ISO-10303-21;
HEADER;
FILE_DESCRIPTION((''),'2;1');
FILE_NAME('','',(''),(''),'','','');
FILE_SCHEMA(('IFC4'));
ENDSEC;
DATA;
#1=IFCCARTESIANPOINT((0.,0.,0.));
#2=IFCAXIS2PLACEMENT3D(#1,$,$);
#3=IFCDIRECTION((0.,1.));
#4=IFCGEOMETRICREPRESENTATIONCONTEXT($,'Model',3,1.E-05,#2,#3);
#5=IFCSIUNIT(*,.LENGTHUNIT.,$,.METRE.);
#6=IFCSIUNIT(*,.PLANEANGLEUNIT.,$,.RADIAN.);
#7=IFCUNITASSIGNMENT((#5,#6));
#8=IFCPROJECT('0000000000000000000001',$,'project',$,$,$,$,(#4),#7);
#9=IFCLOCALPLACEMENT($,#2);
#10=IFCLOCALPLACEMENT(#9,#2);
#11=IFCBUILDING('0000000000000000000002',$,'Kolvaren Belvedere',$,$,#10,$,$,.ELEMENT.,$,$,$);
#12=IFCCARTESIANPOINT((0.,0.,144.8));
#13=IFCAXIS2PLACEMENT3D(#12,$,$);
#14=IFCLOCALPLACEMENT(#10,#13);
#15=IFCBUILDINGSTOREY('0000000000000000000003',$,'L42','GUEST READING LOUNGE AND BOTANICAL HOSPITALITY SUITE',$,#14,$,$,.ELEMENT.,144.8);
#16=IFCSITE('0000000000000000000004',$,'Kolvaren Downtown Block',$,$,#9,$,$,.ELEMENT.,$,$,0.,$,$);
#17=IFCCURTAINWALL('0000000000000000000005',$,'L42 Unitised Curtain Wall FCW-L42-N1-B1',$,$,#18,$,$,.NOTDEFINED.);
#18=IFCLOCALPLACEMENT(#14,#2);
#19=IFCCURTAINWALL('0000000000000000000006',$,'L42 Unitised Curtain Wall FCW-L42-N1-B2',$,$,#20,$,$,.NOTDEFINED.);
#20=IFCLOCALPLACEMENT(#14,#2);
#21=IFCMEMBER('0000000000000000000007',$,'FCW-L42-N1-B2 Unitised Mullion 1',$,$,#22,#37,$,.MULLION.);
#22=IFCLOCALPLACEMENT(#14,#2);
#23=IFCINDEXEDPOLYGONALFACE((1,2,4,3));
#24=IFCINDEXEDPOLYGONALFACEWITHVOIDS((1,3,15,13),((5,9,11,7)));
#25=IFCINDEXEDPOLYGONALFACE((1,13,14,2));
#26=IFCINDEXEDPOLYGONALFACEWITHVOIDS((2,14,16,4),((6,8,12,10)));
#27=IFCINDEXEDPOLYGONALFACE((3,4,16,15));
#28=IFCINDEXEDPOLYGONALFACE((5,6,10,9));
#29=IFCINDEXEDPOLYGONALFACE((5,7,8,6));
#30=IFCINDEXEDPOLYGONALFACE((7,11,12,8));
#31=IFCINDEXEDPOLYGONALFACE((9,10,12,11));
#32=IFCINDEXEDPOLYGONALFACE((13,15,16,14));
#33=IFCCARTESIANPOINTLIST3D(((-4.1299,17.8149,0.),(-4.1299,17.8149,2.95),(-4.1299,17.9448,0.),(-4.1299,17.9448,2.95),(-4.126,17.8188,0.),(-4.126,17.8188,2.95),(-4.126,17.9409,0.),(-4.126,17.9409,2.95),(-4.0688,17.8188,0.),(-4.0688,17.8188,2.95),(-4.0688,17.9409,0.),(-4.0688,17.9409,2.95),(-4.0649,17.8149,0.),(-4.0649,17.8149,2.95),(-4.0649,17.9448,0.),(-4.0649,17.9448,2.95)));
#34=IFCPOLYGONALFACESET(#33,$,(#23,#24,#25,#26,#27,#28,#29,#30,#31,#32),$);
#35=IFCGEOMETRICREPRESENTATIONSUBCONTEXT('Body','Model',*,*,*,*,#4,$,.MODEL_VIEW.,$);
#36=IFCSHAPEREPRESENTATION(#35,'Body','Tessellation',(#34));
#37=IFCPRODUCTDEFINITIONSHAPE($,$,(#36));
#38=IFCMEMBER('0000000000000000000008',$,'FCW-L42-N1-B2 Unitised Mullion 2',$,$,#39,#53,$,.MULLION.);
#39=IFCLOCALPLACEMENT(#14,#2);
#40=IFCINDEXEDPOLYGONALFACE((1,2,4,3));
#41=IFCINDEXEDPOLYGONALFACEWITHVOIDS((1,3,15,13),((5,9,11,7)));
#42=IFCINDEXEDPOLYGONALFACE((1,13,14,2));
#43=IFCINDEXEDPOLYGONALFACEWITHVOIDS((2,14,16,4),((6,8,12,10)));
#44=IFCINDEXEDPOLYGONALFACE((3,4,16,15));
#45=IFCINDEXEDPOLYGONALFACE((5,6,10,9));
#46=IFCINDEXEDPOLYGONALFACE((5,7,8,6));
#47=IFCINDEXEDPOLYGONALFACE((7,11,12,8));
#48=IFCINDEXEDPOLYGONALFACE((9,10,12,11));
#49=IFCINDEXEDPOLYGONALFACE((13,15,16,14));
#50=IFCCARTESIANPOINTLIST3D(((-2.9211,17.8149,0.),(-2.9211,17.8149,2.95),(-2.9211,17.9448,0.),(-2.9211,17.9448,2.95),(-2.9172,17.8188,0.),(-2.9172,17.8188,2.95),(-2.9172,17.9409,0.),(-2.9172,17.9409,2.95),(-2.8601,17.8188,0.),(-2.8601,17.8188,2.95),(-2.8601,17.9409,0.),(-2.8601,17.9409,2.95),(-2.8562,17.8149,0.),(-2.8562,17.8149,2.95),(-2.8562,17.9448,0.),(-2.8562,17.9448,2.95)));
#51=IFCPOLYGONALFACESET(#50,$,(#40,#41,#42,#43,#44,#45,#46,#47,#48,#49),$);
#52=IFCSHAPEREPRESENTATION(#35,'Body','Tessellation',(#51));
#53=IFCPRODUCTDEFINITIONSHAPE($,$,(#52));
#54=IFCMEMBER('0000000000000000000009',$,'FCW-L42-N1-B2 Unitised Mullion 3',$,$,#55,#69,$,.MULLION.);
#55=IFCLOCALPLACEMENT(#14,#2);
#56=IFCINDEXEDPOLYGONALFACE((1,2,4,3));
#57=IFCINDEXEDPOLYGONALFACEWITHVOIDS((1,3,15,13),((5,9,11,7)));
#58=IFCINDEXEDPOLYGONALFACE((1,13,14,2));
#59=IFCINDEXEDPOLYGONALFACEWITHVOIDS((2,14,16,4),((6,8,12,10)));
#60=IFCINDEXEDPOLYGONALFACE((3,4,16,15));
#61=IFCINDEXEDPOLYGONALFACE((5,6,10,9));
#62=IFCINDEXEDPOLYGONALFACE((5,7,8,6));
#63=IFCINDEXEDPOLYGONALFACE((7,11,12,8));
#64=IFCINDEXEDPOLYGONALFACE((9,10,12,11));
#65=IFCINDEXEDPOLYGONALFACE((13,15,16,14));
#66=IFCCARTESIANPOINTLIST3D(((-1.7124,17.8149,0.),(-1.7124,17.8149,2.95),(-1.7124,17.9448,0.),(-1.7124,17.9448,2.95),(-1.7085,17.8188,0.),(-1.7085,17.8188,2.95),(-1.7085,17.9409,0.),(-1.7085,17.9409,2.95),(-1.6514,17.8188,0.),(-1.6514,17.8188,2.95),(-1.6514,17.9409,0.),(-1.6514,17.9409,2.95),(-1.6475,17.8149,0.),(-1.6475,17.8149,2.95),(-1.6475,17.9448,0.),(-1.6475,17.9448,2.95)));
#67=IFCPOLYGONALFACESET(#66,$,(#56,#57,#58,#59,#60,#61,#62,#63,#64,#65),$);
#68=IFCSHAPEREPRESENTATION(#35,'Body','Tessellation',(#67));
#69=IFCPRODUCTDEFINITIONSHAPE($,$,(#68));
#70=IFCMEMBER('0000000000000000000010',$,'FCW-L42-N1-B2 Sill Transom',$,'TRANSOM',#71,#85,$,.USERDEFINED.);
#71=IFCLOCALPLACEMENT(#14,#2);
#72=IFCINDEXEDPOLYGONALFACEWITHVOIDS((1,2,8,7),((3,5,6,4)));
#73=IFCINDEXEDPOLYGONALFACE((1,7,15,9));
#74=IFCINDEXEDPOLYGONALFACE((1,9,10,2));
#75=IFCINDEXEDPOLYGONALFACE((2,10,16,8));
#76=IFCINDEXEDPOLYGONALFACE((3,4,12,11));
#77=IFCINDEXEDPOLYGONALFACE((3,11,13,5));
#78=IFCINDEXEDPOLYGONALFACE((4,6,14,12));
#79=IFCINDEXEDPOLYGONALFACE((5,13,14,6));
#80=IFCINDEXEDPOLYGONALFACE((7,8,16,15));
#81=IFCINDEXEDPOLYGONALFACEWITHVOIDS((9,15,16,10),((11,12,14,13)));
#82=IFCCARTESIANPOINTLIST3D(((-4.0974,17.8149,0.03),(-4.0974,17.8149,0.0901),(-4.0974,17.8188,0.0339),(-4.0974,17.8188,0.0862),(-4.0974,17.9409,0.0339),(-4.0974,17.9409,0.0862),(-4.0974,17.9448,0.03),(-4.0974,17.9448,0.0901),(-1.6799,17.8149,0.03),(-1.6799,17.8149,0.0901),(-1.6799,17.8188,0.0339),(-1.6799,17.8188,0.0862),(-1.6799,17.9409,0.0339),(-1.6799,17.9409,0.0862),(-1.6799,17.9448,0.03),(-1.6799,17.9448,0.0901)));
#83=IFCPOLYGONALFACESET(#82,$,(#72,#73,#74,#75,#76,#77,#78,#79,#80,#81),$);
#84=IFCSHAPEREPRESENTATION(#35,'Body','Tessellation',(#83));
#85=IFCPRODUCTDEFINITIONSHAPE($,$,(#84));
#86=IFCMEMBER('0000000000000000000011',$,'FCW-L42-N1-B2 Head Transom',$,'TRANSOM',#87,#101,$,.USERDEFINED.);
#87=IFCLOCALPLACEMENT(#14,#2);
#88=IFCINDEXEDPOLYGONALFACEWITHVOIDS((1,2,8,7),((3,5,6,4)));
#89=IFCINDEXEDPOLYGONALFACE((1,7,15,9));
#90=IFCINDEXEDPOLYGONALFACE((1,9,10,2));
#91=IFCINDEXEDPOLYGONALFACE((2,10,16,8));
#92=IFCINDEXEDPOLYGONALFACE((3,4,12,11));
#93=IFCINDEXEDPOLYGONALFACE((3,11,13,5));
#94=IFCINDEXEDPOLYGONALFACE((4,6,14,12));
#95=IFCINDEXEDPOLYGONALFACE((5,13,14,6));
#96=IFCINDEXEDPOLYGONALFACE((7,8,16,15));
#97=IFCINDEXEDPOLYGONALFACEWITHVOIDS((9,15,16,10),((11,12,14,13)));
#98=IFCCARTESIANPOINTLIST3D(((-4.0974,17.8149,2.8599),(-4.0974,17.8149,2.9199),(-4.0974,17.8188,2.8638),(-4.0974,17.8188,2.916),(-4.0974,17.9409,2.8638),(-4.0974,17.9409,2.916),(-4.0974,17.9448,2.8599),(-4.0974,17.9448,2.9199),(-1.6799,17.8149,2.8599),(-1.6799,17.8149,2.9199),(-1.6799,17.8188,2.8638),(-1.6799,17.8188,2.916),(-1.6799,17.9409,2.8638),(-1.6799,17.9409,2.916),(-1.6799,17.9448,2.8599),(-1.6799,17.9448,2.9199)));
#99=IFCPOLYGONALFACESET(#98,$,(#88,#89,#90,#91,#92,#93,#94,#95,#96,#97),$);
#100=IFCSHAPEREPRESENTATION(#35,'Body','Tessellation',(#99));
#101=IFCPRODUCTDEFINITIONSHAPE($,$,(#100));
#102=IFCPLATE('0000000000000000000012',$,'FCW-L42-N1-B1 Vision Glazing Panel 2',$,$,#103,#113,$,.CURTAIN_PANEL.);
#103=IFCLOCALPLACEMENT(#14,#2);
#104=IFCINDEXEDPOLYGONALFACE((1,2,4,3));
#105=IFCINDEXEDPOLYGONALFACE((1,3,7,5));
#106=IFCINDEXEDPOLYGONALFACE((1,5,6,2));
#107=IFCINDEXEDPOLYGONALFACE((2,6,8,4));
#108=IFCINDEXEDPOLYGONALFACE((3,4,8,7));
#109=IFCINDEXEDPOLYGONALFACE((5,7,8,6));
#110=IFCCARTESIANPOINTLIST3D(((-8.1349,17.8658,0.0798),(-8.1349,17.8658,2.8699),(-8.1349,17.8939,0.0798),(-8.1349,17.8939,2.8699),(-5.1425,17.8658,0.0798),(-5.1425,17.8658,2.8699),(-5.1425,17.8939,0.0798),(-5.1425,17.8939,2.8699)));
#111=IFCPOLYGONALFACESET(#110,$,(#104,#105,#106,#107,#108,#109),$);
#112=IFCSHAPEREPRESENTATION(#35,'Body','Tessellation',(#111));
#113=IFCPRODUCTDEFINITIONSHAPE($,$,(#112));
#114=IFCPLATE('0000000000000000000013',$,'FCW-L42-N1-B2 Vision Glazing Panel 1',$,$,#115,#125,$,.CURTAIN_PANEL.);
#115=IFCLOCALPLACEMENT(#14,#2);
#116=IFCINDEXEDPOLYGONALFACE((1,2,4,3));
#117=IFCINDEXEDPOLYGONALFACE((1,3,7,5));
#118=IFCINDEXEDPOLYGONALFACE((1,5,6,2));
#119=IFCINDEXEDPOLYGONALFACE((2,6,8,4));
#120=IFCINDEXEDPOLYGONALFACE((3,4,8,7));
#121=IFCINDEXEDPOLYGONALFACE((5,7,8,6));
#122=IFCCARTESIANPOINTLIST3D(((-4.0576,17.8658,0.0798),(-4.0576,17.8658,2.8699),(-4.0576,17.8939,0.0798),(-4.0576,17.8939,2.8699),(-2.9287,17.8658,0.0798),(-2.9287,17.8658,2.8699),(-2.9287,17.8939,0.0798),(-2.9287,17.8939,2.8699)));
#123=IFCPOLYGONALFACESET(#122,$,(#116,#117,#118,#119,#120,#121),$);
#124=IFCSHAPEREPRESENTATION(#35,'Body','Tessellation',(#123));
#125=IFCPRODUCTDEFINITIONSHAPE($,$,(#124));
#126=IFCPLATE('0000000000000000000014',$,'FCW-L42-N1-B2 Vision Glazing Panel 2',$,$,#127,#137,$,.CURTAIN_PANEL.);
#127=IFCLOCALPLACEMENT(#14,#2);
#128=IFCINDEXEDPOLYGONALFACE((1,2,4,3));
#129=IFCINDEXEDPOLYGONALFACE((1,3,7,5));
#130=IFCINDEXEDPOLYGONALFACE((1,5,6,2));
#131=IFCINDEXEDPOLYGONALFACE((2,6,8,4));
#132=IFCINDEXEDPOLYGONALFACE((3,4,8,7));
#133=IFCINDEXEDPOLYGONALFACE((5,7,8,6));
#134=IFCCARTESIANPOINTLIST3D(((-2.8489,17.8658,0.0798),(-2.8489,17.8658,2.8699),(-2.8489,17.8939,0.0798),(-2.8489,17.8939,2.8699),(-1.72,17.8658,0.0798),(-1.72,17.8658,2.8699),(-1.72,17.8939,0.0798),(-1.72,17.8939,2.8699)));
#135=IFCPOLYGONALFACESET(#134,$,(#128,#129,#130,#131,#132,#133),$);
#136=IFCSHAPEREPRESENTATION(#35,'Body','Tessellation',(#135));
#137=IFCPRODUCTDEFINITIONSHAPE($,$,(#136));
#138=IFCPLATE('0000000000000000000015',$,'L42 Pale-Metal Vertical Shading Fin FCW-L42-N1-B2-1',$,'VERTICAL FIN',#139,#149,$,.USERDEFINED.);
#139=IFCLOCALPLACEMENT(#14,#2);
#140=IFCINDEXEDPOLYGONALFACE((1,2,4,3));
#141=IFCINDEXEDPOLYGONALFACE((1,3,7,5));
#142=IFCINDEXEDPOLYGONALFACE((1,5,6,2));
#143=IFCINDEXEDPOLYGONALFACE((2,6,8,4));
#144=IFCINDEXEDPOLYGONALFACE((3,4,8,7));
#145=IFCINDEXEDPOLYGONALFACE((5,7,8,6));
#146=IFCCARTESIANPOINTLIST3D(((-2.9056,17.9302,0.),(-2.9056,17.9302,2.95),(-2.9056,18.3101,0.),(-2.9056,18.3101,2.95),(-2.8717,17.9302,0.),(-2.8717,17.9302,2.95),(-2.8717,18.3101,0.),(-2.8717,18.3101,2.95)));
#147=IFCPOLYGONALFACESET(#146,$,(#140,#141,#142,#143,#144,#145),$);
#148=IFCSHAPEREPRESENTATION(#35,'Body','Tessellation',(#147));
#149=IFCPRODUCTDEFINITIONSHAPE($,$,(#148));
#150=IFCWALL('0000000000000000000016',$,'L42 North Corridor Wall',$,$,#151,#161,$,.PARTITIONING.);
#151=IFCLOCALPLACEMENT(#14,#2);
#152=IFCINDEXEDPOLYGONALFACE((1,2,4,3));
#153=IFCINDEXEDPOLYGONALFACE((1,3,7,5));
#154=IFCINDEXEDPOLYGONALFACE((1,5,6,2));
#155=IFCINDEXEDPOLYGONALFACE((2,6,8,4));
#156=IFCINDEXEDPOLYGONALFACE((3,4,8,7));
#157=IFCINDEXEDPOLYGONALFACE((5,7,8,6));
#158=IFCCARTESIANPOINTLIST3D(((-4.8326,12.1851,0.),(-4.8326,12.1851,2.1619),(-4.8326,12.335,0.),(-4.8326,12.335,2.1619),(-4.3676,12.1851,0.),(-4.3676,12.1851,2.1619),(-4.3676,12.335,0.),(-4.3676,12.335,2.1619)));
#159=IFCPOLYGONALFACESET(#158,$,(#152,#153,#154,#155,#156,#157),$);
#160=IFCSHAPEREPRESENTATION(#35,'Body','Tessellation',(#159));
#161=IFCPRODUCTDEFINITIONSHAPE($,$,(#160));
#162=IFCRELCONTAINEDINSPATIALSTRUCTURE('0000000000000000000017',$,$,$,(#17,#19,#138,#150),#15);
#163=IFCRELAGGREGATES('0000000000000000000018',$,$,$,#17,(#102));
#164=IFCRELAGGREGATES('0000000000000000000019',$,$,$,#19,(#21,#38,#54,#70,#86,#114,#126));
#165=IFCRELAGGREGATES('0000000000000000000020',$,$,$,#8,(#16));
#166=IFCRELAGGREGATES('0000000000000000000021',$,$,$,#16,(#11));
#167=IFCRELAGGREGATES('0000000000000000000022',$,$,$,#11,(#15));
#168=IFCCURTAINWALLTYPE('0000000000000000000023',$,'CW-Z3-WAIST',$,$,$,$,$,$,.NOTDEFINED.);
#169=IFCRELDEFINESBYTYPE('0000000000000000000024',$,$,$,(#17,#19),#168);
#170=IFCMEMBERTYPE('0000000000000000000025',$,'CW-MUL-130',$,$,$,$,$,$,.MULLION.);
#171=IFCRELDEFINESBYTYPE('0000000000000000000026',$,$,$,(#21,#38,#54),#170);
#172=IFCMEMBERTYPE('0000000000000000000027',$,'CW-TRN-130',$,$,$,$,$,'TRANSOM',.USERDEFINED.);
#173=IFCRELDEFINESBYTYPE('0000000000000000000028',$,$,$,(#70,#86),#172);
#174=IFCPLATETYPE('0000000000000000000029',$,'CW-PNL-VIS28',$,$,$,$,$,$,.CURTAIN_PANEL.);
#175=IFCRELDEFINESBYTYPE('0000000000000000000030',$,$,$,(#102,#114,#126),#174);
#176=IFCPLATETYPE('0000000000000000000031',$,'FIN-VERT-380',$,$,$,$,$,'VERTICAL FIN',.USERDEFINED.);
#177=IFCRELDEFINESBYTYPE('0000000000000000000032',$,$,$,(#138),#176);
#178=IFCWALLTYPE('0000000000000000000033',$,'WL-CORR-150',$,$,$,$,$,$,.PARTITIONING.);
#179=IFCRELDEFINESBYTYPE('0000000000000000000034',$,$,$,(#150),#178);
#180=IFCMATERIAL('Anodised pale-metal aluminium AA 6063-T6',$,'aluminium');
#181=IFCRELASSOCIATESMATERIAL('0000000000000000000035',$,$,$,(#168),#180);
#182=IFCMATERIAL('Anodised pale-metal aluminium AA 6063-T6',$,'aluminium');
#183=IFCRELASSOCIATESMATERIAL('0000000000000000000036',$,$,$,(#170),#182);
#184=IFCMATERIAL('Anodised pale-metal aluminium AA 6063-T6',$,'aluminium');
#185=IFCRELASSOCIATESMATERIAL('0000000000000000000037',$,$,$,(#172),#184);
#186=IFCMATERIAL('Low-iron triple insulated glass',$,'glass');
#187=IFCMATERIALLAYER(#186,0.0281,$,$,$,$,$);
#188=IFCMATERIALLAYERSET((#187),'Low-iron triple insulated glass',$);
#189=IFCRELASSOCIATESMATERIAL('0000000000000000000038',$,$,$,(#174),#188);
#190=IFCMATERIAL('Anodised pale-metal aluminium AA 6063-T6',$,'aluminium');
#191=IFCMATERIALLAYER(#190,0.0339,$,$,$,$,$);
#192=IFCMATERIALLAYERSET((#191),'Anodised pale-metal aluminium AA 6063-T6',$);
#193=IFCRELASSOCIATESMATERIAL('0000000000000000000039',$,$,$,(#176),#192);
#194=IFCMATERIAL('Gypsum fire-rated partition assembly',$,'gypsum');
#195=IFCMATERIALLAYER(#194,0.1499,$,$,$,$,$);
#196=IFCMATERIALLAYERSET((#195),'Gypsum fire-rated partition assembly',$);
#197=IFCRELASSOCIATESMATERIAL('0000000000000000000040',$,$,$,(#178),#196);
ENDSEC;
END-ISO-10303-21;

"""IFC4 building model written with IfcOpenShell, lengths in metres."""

from ifc_helpers import new_model, si_unit, direction, frame, frame_2d, origin, origin_2d, place, context, subcontext, project, spatial, rectangle, hollow_rectangle, extrude, material, layer, layer_set, material_profile, profile_set, type_object, element, aggregate, save


model = new_model("IFC4")

# Units and contexts
model_context = context("Model", 3, precision=1e-05, world=origin(), true_north=direction((0.0, 1.0)))
body_context = subcontext(model_context, "Body", "Model", "MODEL_VIEW")
ifc_project = project(units=[si_unit("LENGTHUNIT", "METRE"), si_unit("PLANEANGLEUNIT", "RADIAN")], contexts=[model_context])

# Site, building, storey
site_placement = place(None, origin())
site = spatial("IfcSite", under=ifc_project, at=site_placement, Name="Kolvaren Downtown Block", CompositionType="ELEMENT", RefElevation=0.0)
building_placement = place(site_placement, origin())
building = spatial("IfcBuilding", under=site, at=building_placement, Name="Kolvaren Belvedere", CompositionType="ELEMENT")
storey_placement = place(building_placement, frame((0.0, 0.0, 144.8)))
storey = spatial("IfcBuildingStorey", under=building, at=storey_placement, Name="L42", Description="GUEST READING LOUNGE AND BOTANICAL HOSPITALITY SUITE", CompositionType="ELEMENT", Elevation=144.8)

# Curtain wall
ifc_material_1 = material(Name="Anodised pale-metal aluminium AA 6063-T6", Category="aluminium")
curtain_wall_type = type_object("IfcCurtainWallType", Name="CW-Z3-WAIST", PredefinedType="NOTDEFINED", material=ifc_material_1)
curtain_wall_1_placement = place(storey_placement, origin())
curtain_wall_1 = element("IfcCurtainWall", 1, at=curtain_wall_1_placement, inside=storey, type_object=curtain_wall_type, Name="L42 Unitised Curtain Wall FCW-L42-N1-B1", PredefinedType="NOTDEFINED")
ifc_material_2 = material(Name="Anodised pale-metal aluminium AA 6063-T6", Category="aluminium")
ifc_material_profile_1 = material_profile(ifc_material_2, hollow_rectangle(XDim=0.0649, YDim=0.1299, WallThickness=0.0039, at=origin_2d()), Name="ALU-MUL-130X65")
ifc_profile_set_1 = profile_set([ifc_material_profile_1], Name="Anodised pale-metal aluminium AA 6063-T6")
member_type_1 = type_object("IfcMemberType", Name="CW-MUL-130", PredefinedType="MULLION", material=ifc_profile_set_1)

# Curtain wall, members
curtain_wall_2_placement = place(storey_placement, origin())
curtain_wall_2 = element("IfcCurtainWall", 2, at=curtain_wall_2_placement, inside=storey, type_object=curtain_wall_type, Name="L42 Unitised Curtain Wall FCW-L42-N1-B2", PredefinedType="NOTDEFINED")
member_1_placement = place(storey_placement, frame((-4.0974, 17.8799, 0.0), z_axis=(0.0, 0.0, 1.0), x_axis=(1.0, 0.0, 0.0)))
member_1 = element("IfcMember", 3, at=member_1_placement, type_object=member_type_1, Name="FCW-L42-N1-B2 Unitised Mullion 1", PredefinedType="MULLION", context=body_context, shape_type="SweptSolid", body=[
    extrude(hollow_rectangle(XDim=0.0649, YDim=0.1299, WallThickness=0.0039, at=origin_2d()), origin(), (0.0, 0.0, 1.0), 2.95),
])
member_2_placement = place(storey_placement, frame((-2.8887, 17.8799, 0.0), z_axis=(0.0, 0.0, 1.0), x_axis=(1.0, 0.0, 0.0)))
member_2 = element("IfcMember", 4, at=member_2_placement, type_object=member_type_1, Name="FCW-L42-N1-B2 Unitised Mullion 2", PredefinedType="MULLION", context=body_context, shape_type="SweptSolid", body=[
    extrude(hollow_rectangle(XDim=0.0649, YDim=0.1299, WallThickness=0.0039, at=origin_2d()), origin(), (0.0, 0.0, 1.0), 2.95),
])
member_3_placement = place(storey_placement, frame((-1.6799, 17.8799, 0.0), z_axis=(0.0, 0.0, 1.0), x_axis=(1.0, 0.0, 0.0)))
member_3 = element("IfcMember", 5, at=member_3_placement, type_object=member_type_1, Name="FCW-L42-N1-B2 Unitised Mullion 3", PredefinedType="MULLION", context=body_context, shape_type="SweptSolid", body=[
    extrude(hollow_rectangle(XDim=0.0649, YDim=0.1299, WallThickness=0.0039, at=origin_2d()), origin(), (0.0, 0.0, 1.0), 2.95),
])
ifc_material_3 = material(Name="Anodised pale-metal aluminium AA 6063-T6", Category="aluminium")
ifc_material_profile_2 = material_profile(ifc_material_3, hollow_rectangle(XDim=0.0601, YDim=0.1299, WallThickness=0.0039, at=origin_2d()), Name="ALU-TRN-130X60")
ifc_profile_set_2 = profile_set([ifc_material_profile_2], Name="Anodised pale-metal aluminium AA 6063-T6")
member_type_2 = type_object("IfcMemberType", Name="CW-TRN-130", ElementType="TRANSOM", PredefinedType="USERDEFINED", material=ifc_profile_set_2)
member_4_placement = place(storey_placement, frame((-4.0974, 17.8799, 0.0601), z_axis=(1.0, 0.0, 0.0), x_axis=(0.0, 0.0, 1.0)))
member_4 = element("IfcMember", 6, at=member_4_placement, type_object=member_type_2, Name="FCW-L42-N1-B2 Sill Transom", ObjectType="TRANSOM", PredefinedType="USERDEFINED", context=body_context, shape_type="SweptSolid", body=[
    extrude(hollow_rectangle(XDim=0.0601, YDim=0.1299, WallThickness=0.0039, at=origin_2d()), origin(), (0.0, 0.0, 1.0), 2.4175),
])
member_5_placement = place(storey_placement, frame((-4.0974, 17.8799, 2.8899), z_axis=(1.0, 0.0, 0.0), x_axis=(0.0, 0.0, 1.0)))
member_5 = element("IfcMember", 7, at=member_5_placement, type_object=member_type_2, Name="FCW-L42-N1-B2 Head Transom", ObjectType="TRANSOM", PredefinedType="USERDEFINED", context=body_context, shape_type="SweptSolid", body=[
    extrude(hollow_rectangle(XDim=0.0601, YDim=0.1299, WallThickness=0.0039, at=origin_2d()), origin(), (0.0, 0.0, 1.0), 2.4175),
])

# Plates
ifc_material_4 = material(Name="Low-iron triple insulated glass", Category="glass")
ifc_layer_1 = layer(ifc_material_4, 0.0281)
ifc_layer_set_1 = layer_set([ifc_layer_1], Name="Low-iron triple insulated glass")
plate_type_1 = type_object("IfcPlateType", Name="CW-PNL-VIS28", PredefinedType="CURTAIN_PANEL", material=ifc_layer_set_1)
plate_1_placement = place(storey_placement, frame((-6.6387, 17.8799, 0.0798), z_axis=(0.0, 0.0, 1.0), x_axis=(1.0, 0.0, 0.0)))
plate_1 = element("IfcPlate", 8, at=plate_1_placement, type_object=plate_type_1, Name="FCW-L42-N1-B1 Vision Glazing Panel 2", PredefinedType="CURTAIN_PANEL", context=body_context, shape_type="SweptSolid", body=[
    extrude(rectangle(XDim=2.9924, YDim=0.0281, at=origin_2d()), origin(), (0.0, 0.0, 1.0), 2.79),
])
aggregate(curtain_wall_1, [plate_1])
plate_2_placement = place(storey_placement, frame((-3.4932, 17.8799, 0.0798), z_axis=(0.0, 0.0, 1.0), x_axis=(1.0, 0.0, 0.0)))
plate_2 = element("IfcPlate", 9, at=plate_2_placement, type_object=plate_type_1, Name="FCW-L42-N1-B2 Vision Glazing Panel 1", PredefinedType="CURTAIN_PANEL", context=body_context, shape_type="SweptSolid", body=[
    extrude(rectangle(XDim=1.1289, YDim=0.0281, at=origin_2d()), origin(), (0.0, 0.0, 1.0), 2.79),
])
plate_3_placement = place(storey_placement, frame((-2.2844, 17.8799, 0.0798), z_axis=(0.0, 0.0, 1.0), x_axis=(1.0, 0.0, 0.0)))
plate_3 = element("IfcPlate", 10, at=plate_3_placement, type_object=plate_type_1, Name="FCW-L42-N1-B2 Vision Glazing Panel 2", PredefinedType="CURTAIN_PANEL", context=body_context, shape_type="SweptSolid", body=[
    extrude(rectangle(XDim=1.1289, YDim=0.0281, at=origin_2d()), origin(), (0.0, 0.0, 1.0), 2.79),
])
aggregate(curtain_wall_2, [member_1, member_2, member_3, member_4, member_5, plate_2, plate_3])
ifc_material_5 = material(Name="Anodised pale-metal aluminium AA 6063-T6", Category="aluminium")
ifc_layer_2 = layer(ifc_material_5, 0.0339)
ifc_layer_set_2 = layer_set([ifc_layer_2], Name="Anodised pale-metal aluminium AA 6063-T6")
plate_type_2 = type_object("IfcPlateType", Name="FIN-VERT-380", ElementType="VERTICAL FIN", PredefinedType="USERDEFINED", material=ifc_layer_set_2)
plate_4_placement = place(storey_placement, frame((-2.8887, 18.1201, 0.0), z_axis=(0.0, 0.0, 1.0), x_axis=(0.0, 1.0, 0.0)))
element("IfcPlate", 11, at=plate_4_placement, inside=storey, type_object=plate_type_2, Name="L42 Pale-Metal Vertical Shading Fin FCW-L42-N1-B2-1", ObjectType="VERTICAL FIN", PredefinedType="USERDEFINED", context=body_context, shape_type="SweptSolid", body=[
    extrude(rectangle(XDim=0.3799, YDim=0.0339, at=origin_2d()), origin(), (0.0, 0.0, 1.0), 2.95),
])

# Wall
ifc_material_6 = material(Name="Gypsum fire-rated partition assembly", Category="gypsum")
ifc_layer_3 = layer(ifc_material_6, 0.1499)
ifc_layer_set_3 = layer_set([ifc_layer_3], Name="Gypsum fire-rated partition assembly")
wall_type_1 = type_object("IfcWallType", Name="WL-CORR-150", PredefinedType="PARTITIONING", material=ifc_layer_set_3)
wall_1_placement = place(storey_placement, frame((-4.8325, 12.26, 0.0), z_axis=(0.0, 0.0, 1.0), x_axis=(1.0, 0.0, 0.0)))
element("IfcWall", 12, at=wall_1_placement, inside=storey, type_object=wall_type_1, Name="L42 North Corridor Wall", PredefinedType="PARTITIONING", context=body_context, shape_type="SweptSolid", body=[
    extrude(rectangle(XDim=0.4651, YDim=0.1499, at=frame_2d((0.2324, 0.0))), origin(), (0.0, 0.0, 1.0), 2.1619),
])

save(model, "model.ifc")
